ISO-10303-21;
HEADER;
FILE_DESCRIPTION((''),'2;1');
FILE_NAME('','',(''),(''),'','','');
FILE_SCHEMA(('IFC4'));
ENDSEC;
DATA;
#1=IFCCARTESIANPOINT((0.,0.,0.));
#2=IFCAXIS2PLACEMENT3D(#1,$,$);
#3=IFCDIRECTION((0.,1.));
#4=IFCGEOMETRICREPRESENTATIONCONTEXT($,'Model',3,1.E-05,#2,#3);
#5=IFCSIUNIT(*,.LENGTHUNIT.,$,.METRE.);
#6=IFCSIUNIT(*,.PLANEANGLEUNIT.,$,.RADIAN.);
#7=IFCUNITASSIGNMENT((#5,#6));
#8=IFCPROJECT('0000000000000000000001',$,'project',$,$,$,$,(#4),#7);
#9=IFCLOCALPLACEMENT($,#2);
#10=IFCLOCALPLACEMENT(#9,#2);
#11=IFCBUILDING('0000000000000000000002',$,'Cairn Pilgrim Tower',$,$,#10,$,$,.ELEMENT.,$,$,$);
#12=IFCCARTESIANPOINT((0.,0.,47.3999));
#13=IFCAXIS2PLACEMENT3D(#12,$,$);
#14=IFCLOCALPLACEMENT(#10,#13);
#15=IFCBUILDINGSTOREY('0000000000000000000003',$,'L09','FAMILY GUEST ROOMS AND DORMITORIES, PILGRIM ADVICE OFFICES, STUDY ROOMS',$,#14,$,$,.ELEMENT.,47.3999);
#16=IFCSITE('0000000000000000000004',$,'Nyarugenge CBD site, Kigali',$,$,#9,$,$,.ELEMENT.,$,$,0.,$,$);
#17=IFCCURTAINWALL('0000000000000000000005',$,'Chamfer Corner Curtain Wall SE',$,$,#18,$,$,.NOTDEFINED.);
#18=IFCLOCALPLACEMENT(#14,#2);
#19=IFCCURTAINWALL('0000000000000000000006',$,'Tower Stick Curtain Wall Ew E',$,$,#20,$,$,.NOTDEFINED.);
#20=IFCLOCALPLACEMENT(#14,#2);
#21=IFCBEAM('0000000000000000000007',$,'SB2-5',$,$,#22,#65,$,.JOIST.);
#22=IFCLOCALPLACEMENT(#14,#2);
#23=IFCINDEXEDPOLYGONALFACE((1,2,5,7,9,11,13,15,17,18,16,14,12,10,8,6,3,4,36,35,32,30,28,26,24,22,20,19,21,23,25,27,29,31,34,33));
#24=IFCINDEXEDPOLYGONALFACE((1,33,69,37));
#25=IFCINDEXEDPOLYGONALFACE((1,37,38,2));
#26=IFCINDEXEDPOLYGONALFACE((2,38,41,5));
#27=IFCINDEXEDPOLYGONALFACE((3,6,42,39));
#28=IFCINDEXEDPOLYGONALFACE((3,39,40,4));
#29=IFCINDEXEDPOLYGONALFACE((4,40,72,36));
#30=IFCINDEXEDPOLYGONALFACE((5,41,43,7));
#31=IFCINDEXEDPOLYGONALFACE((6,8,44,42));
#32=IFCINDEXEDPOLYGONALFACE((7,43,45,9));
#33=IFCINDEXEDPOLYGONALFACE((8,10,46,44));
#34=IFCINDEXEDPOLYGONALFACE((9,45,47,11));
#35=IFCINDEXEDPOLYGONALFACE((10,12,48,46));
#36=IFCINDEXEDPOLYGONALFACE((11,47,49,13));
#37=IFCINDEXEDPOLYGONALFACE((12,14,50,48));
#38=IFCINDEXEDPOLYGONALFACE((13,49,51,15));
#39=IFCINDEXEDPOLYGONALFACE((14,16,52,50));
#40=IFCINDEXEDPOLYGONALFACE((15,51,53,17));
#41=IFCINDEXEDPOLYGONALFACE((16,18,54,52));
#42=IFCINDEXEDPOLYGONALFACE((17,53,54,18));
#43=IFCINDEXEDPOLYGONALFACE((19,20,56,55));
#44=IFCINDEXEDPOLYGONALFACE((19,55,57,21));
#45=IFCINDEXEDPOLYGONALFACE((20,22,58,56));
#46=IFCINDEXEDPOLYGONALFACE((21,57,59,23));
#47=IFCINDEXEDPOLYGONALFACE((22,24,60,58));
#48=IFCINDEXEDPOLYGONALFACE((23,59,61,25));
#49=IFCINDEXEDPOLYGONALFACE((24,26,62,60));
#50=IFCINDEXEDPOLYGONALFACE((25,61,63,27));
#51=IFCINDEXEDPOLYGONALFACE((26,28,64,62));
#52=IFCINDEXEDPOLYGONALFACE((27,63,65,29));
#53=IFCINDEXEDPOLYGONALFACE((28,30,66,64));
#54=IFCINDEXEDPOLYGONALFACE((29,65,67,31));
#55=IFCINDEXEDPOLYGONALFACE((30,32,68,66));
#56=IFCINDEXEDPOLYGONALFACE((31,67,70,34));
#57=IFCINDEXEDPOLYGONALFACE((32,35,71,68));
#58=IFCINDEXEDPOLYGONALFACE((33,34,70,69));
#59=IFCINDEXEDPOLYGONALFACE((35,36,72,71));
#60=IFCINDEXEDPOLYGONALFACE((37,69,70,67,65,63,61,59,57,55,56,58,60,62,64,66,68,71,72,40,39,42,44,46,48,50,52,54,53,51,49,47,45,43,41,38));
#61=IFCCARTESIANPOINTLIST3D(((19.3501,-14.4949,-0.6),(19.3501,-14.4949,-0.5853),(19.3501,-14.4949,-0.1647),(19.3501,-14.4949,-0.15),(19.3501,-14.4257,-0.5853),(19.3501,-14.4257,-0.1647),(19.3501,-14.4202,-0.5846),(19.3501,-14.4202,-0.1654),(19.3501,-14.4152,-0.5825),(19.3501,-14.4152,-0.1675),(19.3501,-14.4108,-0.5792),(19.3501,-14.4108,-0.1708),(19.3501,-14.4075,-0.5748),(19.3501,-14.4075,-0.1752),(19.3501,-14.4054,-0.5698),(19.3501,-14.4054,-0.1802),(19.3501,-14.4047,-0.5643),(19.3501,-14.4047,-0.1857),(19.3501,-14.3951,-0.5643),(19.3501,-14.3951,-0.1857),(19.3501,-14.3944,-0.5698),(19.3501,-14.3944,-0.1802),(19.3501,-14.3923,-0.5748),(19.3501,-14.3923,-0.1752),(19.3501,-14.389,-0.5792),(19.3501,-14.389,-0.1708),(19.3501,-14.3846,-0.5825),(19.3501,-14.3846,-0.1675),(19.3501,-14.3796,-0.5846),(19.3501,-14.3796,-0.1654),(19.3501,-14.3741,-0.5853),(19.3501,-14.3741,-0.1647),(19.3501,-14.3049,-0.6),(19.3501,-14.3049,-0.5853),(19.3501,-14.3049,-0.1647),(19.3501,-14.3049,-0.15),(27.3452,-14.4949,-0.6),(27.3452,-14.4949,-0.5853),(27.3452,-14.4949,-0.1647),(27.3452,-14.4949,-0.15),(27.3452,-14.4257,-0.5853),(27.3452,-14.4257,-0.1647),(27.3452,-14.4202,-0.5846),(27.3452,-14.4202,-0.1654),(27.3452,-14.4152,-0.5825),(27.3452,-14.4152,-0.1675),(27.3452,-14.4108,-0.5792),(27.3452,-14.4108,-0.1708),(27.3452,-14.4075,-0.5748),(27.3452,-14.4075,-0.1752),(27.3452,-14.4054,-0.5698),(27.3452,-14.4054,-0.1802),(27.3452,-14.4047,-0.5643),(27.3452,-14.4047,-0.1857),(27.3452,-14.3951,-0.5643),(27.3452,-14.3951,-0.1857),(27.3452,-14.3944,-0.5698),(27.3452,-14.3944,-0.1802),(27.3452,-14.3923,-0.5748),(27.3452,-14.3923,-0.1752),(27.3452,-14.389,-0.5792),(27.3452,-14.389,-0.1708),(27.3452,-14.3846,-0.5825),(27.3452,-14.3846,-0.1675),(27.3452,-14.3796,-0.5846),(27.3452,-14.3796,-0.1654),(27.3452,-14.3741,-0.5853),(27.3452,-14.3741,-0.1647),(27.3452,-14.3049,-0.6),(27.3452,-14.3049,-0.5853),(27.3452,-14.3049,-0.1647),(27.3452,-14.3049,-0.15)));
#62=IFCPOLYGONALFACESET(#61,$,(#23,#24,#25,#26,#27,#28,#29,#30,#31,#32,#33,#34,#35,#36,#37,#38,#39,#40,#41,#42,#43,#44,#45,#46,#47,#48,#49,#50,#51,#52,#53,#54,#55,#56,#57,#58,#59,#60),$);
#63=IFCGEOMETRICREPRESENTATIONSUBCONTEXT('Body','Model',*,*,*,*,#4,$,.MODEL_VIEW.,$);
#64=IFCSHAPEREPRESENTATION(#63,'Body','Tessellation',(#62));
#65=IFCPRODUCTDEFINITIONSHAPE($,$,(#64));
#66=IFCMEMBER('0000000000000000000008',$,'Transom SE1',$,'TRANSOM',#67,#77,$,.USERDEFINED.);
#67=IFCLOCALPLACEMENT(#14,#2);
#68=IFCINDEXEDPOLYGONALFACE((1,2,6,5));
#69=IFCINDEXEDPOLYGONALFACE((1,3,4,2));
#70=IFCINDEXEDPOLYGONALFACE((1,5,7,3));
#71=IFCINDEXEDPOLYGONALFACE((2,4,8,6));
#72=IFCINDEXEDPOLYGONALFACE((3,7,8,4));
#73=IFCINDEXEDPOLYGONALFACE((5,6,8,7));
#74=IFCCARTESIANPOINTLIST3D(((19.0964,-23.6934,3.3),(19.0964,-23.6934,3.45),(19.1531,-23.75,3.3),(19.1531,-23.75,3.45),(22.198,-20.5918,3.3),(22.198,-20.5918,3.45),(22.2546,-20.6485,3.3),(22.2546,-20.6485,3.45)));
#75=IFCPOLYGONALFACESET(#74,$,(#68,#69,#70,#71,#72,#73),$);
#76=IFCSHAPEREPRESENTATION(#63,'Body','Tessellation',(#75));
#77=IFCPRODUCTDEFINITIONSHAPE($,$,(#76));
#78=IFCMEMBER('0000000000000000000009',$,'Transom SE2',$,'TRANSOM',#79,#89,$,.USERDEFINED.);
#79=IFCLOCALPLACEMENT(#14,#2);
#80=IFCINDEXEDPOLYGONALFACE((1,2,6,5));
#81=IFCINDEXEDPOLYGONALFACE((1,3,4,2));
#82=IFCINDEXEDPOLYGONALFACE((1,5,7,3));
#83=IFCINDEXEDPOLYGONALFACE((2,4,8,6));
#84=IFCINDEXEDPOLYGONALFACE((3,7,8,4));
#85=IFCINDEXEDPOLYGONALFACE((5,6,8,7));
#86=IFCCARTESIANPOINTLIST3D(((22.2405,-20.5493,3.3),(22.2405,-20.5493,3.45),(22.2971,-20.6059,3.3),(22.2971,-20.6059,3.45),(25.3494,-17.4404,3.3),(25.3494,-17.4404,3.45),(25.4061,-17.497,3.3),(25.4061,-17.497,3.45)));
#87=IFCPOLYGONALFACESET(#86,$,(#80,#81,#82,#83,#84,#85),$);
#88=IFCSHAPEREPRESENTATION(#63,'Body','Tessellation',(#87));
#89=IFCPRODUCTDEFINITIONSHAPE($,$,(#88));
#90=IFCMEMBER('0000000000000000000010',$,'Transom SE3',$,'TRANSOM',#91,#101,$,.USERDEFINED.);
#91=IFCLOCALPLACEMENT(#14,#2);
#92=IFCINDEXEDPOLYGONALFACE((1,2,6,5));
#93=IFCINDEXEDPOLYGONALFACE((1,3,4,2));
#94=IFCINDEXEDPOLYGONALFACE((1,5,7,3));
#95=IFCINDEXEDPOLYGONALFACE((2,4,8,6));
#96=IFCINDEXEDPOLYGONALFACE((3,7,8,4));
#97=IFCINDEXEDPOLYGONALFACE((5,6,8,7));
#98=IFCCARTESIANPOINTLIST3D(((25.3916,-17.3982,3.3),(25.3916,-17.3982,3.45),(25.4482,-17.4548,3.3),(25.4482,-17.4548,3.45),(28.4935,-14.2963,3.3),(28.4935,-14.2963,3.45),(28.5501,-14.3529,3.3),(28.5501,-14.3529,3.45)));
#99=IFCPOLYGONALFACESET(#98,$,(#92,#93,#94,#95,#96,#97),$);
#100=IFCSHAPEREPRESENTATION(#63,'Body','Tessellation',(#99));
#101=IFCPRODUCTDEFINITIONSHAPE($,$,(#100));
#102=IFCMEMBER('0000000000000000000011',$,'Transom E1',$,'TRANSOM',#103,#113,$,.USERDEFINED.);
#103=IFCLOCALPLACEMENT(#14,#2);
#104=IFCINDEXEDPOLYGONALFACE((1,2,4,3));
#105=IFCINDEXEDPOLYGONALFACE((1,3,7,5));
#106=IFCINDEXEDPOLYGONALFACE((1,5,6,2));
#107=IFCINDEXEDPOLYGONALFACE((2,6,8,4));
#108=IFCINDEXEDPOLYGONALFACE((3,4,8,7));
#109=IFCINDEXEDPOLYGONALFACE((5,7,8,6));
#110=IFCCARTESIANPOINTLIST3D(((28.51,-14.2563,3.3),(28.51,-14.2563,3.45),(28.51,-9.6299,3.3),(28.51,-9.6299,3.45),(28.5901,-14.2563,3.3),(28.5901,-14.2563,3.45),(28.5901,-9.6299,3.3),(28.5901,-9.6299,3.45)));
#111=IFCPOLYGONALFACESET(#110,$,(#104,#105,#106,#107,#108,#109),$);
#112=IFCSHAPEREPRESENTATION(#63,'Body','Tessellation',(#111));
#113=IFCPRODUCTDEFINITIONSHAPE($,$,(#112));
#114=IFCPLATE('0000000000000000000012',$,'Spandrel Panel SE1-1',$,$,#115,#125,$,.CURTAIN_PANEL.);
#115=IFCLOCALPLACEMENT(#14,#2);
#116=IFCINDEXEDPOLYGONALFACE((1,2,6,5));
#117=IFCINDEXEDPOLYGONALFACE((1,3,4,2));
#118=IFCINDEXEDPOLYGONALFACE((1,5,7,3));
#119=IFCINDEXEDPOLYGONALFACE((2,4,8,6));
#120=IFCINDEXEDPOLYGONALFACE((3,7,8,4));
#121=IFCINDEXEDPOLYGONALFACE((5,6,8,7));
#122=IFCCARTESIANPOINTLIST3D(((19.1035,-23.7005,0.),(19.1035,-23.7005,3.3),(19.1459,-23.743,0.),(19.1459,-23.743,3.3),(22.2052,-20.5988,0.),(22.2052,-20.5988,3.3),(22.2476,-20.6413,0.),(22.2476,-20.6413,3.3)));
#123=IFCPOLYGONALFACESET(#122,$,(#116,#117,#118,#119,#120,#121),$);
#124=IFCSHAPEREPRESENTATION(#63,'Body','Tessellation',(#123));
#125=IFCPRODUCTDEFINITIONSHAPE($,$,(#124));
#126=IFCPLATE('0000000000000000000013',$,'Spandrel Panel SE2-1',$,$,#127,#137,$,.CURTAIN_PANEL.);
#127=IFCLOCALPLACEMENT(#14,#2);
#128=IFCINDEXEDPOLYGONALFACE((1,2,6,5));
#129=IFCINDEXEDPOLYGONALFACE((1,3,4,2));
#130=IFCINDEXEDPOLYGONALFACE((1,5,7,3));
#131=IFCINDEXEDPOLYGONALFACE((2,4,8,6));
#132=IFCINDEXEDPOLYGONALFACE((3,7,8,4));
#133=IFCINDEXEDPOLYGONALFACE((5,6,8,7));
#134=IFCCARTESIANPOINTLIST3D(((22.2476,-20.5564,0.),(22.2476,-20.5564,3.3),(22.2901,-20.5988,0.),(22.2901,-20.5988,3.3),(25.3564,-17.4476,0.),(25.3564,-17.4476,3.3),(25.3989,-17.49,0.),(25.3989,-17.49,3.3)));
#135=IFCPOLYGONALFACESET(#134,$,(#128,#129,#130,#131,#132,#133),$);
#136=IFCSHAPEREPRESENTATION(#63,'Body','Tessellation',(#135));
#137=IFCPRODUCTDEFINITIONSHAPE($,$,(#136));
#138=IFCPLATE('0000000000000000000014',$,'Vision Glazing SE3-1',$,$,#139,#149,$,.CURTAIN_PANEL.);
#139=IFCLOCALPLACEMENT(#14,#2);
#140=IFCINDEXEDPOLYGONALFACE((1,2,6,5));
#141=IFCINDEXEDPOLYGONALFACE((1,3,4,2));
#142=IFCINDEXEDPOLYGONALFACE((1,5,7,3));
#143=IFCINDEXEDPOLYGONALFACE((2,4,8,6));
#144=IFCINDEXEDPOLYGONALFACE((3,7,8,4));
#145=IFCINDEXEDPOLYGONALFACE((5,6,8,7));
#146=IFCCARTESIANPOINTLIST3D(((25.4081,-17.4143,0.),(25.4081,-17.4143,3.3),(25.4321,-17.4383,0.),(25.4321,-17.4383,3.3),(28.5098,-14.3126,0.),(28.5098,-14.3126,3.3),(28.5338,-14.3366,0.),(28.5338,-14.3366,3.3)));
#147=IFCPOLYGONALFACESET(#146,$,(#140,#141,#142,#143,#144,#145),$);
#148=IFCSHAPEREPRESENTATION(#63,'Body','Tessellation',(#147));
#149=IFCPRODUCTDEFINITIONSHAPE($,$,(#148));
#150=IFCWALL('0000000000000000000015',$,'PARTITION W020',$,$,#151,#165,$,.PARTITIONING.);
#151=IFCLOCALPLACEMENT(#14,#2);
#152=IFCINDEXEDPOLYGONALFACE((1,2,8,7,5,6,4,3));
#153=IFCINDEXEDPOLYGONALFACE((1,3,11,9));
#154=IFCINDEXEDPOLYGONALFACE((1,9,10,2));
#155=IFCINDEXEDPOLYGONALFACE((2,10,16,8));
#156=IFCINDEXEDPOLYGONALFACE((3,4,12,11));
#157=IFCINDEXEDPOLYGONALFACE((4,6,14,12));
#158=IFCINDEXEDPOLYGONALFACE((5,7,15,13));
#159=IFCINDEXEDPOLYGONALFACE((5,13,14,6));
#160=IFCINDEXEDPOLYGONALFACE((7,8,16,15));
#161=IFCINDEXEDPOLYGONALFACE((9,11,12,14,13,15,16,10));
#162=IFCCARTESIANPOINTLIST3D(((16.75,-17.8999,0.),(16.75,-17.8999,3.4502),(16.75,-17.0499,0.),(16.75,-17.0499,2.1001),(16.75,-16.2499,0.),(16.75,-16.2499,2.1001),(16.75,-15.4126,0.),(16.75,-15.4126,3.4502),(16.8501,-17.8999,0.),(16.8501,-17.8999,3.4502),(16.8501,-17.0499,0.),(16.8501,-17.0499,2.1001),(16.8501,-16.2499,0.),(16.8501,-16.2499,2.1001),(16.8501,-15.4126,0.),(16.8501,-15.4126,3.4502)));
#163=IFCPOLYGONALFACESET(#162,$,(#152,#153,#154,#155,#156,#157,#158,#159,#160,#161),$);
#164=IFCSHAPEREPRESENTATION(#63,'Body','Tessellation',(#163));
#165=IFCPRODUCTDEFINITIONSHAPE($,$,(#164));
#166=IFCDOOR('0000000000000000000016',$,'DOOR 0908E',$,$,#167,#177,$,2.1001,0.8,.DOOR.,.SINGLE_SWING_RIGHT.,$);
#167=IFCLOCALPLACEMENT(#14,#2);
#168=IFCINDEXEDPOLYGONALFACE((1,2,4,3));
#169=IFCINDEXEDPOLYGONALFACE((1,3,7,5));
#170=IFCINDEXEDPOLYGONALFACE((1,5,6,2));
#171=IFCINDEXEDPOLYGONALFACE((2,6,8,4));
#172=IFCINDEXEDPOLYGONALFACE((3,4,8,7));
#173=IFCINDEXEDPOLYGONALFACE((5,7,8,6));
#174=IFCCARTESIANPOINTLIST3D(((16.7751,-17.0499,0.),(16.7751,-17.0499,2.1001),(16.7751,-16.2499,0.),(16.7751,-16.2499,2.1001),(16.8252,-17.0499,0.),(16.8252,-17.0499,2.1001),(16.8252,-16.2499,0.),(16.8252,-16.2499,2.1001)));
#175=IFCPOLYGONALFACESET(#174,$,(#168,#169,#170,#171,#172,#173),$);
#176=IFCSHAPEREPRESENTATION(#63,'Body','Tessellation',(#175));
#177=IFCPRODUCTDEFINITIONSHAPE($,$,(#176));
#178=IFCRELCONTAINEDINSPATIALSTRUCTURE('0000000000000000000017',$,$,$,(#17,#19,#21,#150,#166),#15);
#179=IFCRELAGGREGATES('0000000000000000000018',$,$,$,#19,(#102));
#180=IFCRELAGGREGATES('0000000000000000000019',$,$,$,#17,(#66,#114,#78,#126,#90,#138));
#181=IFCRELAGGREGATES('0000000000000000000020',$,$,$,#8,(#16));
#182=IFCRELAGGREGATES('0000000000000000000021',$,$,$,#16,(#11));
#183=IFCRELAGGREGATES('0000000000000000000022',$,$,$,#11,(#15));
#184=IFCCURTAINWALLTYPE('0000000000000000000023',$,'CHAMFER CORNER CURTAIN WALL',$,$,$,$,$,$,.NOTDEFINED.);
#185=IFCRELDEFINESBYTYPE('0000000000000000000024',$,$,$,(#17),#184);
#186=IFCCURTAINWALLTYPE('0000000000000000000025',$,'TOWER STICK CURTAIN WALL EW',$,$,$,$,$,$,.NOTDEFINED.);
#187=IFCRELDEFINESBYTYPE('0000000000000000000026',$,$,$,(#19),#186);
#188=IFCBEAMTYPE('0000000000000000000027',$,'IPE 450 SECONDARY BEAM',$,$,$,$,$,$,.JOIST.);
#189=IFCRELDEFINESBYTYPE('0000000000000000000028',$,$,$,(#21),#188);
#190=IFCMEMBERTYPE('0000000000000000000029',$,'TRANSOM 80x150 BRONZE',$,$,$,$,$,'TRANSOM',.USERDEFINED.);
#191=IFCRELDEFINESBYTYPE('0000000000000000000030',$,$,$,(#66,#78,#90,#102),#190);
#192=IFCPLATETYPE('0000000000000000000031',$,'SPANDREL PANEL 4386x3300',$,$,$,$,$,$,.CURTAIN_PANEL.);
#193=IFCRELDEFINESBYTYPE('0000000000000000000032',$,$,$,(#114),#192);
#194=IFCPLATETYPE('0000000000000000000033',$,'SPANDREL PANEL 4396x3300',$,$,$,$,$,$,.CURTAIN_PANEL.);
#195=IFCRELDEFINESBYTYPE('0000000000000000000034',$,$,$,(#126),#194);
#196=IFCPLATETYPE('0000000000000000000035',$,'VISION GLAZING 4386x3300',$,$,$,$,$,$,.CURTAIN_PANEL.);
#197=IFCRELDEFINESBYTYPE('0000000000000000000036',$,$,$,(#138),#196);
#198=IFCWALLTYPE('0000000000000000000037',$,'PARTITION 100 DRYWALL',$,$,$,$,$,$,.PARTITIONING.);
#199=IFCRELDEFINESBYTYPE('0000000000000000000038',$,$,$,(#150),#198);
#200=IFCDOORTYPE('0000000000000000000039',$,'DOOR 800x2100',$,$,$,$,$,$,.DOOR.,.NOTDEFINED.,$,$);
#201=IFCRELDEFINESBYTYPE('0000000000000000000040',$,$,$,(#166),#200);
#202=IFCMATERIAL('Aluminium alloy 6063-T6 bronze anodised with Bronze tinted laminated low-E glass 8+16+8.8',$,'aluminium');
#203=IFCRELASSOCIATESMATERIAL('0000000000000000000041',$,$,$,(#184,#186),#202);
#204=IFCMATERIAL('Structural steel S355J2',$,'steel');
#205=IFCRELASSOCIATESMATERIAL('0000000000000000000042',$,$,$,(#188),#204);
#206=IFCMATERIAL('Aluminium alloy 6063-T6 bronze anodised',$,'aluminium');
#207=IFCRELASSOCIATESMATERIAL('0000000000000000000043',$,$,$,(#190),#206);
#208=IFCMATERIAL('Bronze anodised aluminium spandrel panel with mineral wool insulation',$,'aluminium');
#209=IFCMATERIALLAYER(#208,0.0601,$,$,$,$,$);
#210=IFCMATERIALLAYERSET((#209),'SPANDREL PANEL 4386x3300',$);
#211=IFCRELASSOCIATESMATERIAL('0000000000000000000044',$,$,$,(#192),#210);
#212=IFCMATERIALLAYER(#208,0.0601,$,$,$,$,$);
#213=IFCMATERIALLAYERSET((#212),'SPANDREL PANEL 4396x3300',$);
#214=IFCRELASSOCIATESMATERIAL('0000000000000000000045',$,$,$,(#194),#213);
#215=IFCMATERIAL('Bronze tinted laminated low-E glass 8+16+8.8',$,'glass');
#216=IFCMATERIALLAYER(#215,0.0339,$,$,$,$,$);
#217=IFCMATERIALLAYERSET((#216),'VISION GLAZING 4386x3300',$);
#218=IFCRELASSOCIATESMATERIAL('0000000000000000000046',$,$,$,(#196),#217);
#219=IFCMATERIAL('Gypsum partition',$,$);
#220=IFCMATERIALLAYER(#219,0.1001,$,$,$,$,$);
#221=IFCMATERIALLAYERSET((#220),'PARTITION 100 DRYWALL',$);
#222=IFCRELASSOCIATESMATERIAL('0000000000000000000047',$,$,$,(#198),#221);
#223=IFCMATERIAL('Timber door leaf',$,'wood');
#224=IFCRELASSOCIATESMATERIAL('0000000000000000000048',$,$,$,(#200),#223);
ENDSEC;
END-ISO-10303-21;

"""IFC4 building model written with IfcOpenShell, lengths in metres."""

from ifc_helpers import new_model, si_unit, direction, frame, frame_2d, origin, origin_2d, place, context, subcontext, project, spatial, rectangle, i_section, extrude, material, layer, layer_set, material_profile, profile_set, type_object, element, fill, aggregate, save


model = new_model("IFC4")

# Units and contexts
model_context = context("Model", 3, precision=1e-05, world=origin(), true_north=direction((0.0, 1.0)))
body_context = subcontext(model_context, "Body", "Model", "MODEL_VIEW")
ifc_project = project(units=[si_unit("LENGTHUNIT", "METRE"), si_unit("PLANEANGLEUNIT", "RADIAN")], contexts=[model_context])

# Site, building, storey
site_placement = place(None, origin())
site = spatial("IfcSite", under=ifc_project, at=site_placement, Name="Nyarugenge CBD site, Kigali", CompositionType="ELEMENT", RefElevation=0.0)
building_placement = place(site_placement, origin())
building = spatial("IfcBuilding", under=site, at=building_placement, Name="Cairn Pilgrim Tower", CompositionType="ELEMENT")
storey_placement = place(building_placement, frame((0.0, 0.0, 47.3999)))
storey = spatial("IfcBuildingStorey", under=building, at=storey_placement, Name="L09", Description="FAMILY GUEST ROOMS AND DORMITORIES, PILGRIM ADVICE OFFICES, STUDY ROOMS", CompositionType="ELEMENT", Elevation=47.3999)

# Shared definitions
ifc_material_1 = material(Name="Structural steel S355J2", Category="steel")

# Curtain wall
ifc_material_2 = material(Name="Aluminium alloy 6063-T6 bronze anodised with Bronze tinted laminated low-E glass 8+16+8.8", Category="aluminium")
curtain_wall_type_1 = type_object("IfcCurtainWallType", Name="CHAMFER CORNER CURTAIN WALL", PredefinedType="NOTDEFINED", material=ifc_material_2)
curtain_wall_1_placement = place(storey_placement, origin())
curtain_wall_1 = element("IfcCurtainWall", 1, at=curtain_wall_1_placement, inside=storey, type_object=curtain_wall_type_1, Name="Chamfer Corner Curtain Wall SE", PredefinedType="NOTDEFINED")
ifc_material_3 = material(Name="Aluminium alloy 6063-T6 bronze anodised", Category="aluminium")

# Curtain wall
curtain_wall_type_2 = type_object("IfcCurtainWallType", Name="TOWER STICK CURTAIN WALL EW", PredefinedType="NOTDEFINED", material=ifc_material_2)
curtain_wall_2_placement = place(storey_placement, origin())
curtain_wall_2 = element("IfcCurtainWall", 2, at=curtain_wall_2_placement, inside=storey, type_object=curtain_wall_type_2, Name="Tower Stick Curtain Wall Ew E", PredefinedType="NOTDEFINED")

# Beam
ifc_material_profile_1 = material_profile(ifc_material_1, i_section(OverallWidth=0.1899, OverallDepth=0.45, WebThickness=0.0095, FlangeThickness=0.0146, FilletRadius=0.021, at=origin_2d()), Name="IPE 450")
ifc_profile_set_1 = profile_set([ifc_material_profile_1], Name="Structural steel S355J2")
beam_type_1 = type_object("IfcBeamType", Name="IPE 450 SECONDARY BEAM", PredefinedType="JOIST", material=ifc_profile_set_1)
beam_1_placement = place(storey_placement, frame((19.3501, -14.3999, -0.375), z_axis=(1.0, 0.0, 0.0), x_axis=(0.0, 1.0, 0.0)))
element("IfcBeam", 3, at=beam_1_placement, inside=storey, type_object=beam_type_1, Name="SB2-5", PredefinedType="JOIST", context=body_context, shape_type="SweptSolid", body=[
    extrude(i_section(OverallWidth=0.1899, OverallDepth=0.45, WebThickness=0.0095, FlangeThickness=0.0146, FilletRadius=0.021, at=origin_2d()), origin(), (0.0, 0.0, 1.0), 7.9951),
])

# Members
ifc_material_profile_2 = material_profile(ifc_material_3, rectangle(XDim=0.0801, YDim=0.1499, at=origin_2d()), Name="TRANSOM 80x150 BRONZE")
ifc_profile_set_2 = profile_set([ifc_material_profile_2], Name="Aluminium alloy 6063-T6 bronze anodised")
member_type_1 = type_object("IfcMemberType", Name="TRANSOM 80x150 BRONZE", ElementType="TRANSOM", PredefinedType="USERDEFINED", material=ifc_profile_set_2)
member_1_placement = place(storey_placement, frame((19.1248, -23.7217, 3.375), z_axis=(0.707107, 0.707107, 0.0), x_axis=(-0.707107, 0.707107, 0.0)))
member_1 = element("IfcMember", 4, at=member_1_placement, type_object=member_type_1, Name="Transom SE1", ObjectType="TRANSOM", PredefinedType="USERDEFINED", context=body_context, shape_type="SweptSolid", body=[
    extrude(rectangle(XDim=0.0801, YDim=0.1499, at=origin_2d()), origin(), (0.0, 0.0, 1.0), 4.3862),
])
member_2_placement = place(storey_placement, frame((22.2688, -20.5776, 3.375), z_axis=(0.707107, 0.707107, 0.0), x_axis=(-0.707107, 0.707107, 0.0)))
member_2 = element("IfcMember", 5, at=member_2_placement, type_object=member_type_1, Name="Transom SE2", ObjectType="TRANSOM", PredefinedType="USERDEFINED", context=body_context, shape_type="SweptSolid", body=[
    extrude(rectangle(XDim=0.0801, YDim=0.1499, at=origin_2d()), origin(), (0.0, 0.0, 1.0), 4.3967),
])
member_3_placement = place(storey_placement, frame((25.4199, -17.4265, 3.375), z_axis=(0.707107, 0.707107, 0.0), x_axis=(-0.707107, 0.707107, 0.0)))
member_3 = element("IfcMember", 6, at=member_3_placement, type_object=member_type_1, Name="Transom SE3", ObjectType="TRANSOM", PredefinedType="USERDEFINED", context=body_context, shape_type="SweptSolid", body=[
    extrude(rectangle(XDim=0.0801, YDim=0.1499, at=origin_2d()), origin(), (0.0, 0.0, 1.0), 4.3867),
])
member_4_placement = place(storey_placement, frame((28.55, -14.2563, 3.375), z_axis=(0.0, 1.0, 0.0), x_axis=(-1.0, 0.0, 0.0)))
member_4 = element("IfcMember", 7, at=member_4_placement, type_object=member_type_1, Name="Transom E1", ObjectType="TRANSOM", PredefinedType="USERDEFINED", context=body_context, shape_type="SweptSolid", body=[
    extrude(rectangle(XDim=0.0801, YDim=0.1499, at=origin_2d()), origin(), (0.0, 0.0, 1.0), 4.6265),
])
aggregate(curtain_wall_2, [member_4])

# Plates
ifc_material_4 = material(Name="Bronze anodised aluminium spandrel panel with mineral wool insulation", Category="aluminium")
ifc_layer_1 = layer(ifc_material_4, 0.0601)
ifc_layer_set_1 = layer_set([ifc_layer_1], Name="SPANDREL PANEL 4386x3300")
plate_type_1 = type_object("IfcPlateType", Name="SPANDREL PANEL 4386x3300", PredefinedType="CURTAIN_PANEL", material=ifc_layer_set_1)
plate_1_placement = place(storey_placement, frame((20.6755, -22.1709, 0.0), z_axis=(0.0, 0.0, 1.0), x_axis=(0.707107, 0.707107, 0.0)))
plate_1 = element("IfcPlate", 8, at=plate_1_placement, type_object=plate_type_1, Name="Spandrel Panel SE1-1", PredefinedType="CURTAIN_PANEL", context=body_context, shape_type="SweptSolid", body=[
    extrude(rectangle(XDim=4.3865, YDim=0.0601, at=origin_2d()), origin(), (0.0, 0.0, 1.0), 3.3),
])
ifc_layer_2 = layer(ifc_material_4, 0.0601)
ifc_layer_set_2 = layer_set([ifc_layer_2], Name="SPANDREL PANEL 4396x3300")
plate_type_2 = type_object("IfcPlateType", Name="SPANDREL PANEL 4396x3300", PredefinedType="CURTAIN_PANEL", material=ifc_layer_set_2)
plate_2_placement = place(storey_placement, frame((23.8232, -19.0232, 0.0), z_axis=(0.0, 0.0, 1.0), x_axis=(0.707107, 0.707107, 0.0)))
plate_2 = element("IfcPlate", 9, at=plate_2_placement, type_object=plate_type_2, Name="Spandrel Panel SE2-1", PredefinedType="CURTAIN_PANEL", context=body_context, shape_type="SweptSolid", body=[
    extrude(rectangle(XDim=4.3965, YDim=0.0601, at=origin_2d()), origin(), (0.0, 0.0, 1.0), 3.3),
])
ifc_material_5 = material(Name="Bronze tinted laminated low-E glass 8+16+8.8", Category="glass")
ifc_layer_3 = layer(ifc_material_5, 0.0339)
ifc_layer_set_3 = layer_set([ifc_layer_3], Name="VISION GLAZING 4386x3300")
plate_type_3 = type_object("IfcPlateType", Name="VISION GLAZING 4386x3300", PredefinedType="CURTAIN_PANEL", material=ifc_layer_set_3)
plate_3_placement = place(storey_placement, frame((26.9709, -15.8755, 0.0), z_axis=(0.0, 0.0, 1.0), x_axis=(0.707107, 0.707107, 0.0)))
plate_3 = element("IfcPlate", 10, at=plate_3_placement, type_object=plate_type_3, Name="Vision Glazing SE3-1", PredefinedType="CURTAIN_PANEL", context=body_context, shape_type="SweptSolid", body=[
    extrude(rectangle(XDim=4.3865, YDim=0.0339, at=origin_2d()), origin(), (0.0, 0.0, 1.0), 3.3),
])
aggregate(curtain_wall_1, [member_1, plate_1, member_2, plate_2, member_3, plate_3])

# Wall, opening, door
ifc_material_6 = material(Name="Gypsum partition")
ifc_layer_4 = layer(ifc_material_6, 0.1001)
ifc_layer_set_4 = layer_set([ifc_layer_4], Name="PARTITION 100 DRYWALL")
wall_type_1 = type_object("IfcWallType", Name="PARTITION 100 DRYWALL", PredefinedType="PARTITIONING", material=ifc_layer_set_4)
wall_1_placement = place(storey_placement, frame((16.8, -17.8999, 0.0), z_axis=(0.0, 0.0, 1.0), x_axis=(0.0, 1.0, 0.0)))
wall_1 = element("IfcWall", 11, at=wall_1_placement, inside=storey, type_object=wall_type_1, Name="PARTITION W020", PredefinedType="PARTITIONING", context=body_context, shape_type="SweptSolid", body=[
    extrude(rectangle(XDim=2.4873, YDim=0.1001, at=frame_2d((1.2437, 0.0))), origin(), (0.0, 0.0, 1.0), 3.4502),
])
opening_1_placement = place(wall_1_placement, frame((0.8501, 0.0, 0.0)))
opening_1 = element("IfcOpeningElement", 12, at=opening_1_placement, cuts=wall_1, PredefinedType="OPENING", context=body_context, shape_type="SweptSolid", body=[
    extrude(rectangle(XDim=0.8, YDim=2.1001, at=frame_2d((0.3999, 1.05))), frame((0.0, 0.0601, 0.0), z_axis=(0.0, -1.0, 0.0), x_axis=(1.0, 0.0, 0.0)), (0.0, 0.0, 1.0), 0.1201),
])
ifc_material_7 = material(Name="Timber door leaf", Category="wood")
door_type_1 = type_object("IfcDoorType", Name="DOOR 800x2100", OperationType="NOTDEFINED", PredefinedType="DOOR", material=ifc_material_7)
door_1_placement = place(opening_1_placement, origin())
door_1 = element("IfcDoor", 13, at=door_1_placement, inside=storey, type_object=door_type_1, Name="DOOR 0908E", OperationType="SINGLE_SWING_RIGHT", OverallHeight=2.1001, OverallWidth=0.8, PredefinedType="DOOR", context=body_context, shape_type="SweptSolid", body=[
    extrude(rectangle(XDim=0.8, YDim=2.1001, at=frame_2d((0.3999, 1.05))), frame((0.0, 0.0249, 0.0), z_axis=(0.0, -1.0, 0.0), x_axis=(1.0, 0.0, 0.0)), (0.0, 0.0, 1.0), 0.05),
])
fill(opening_1, door_1)

save(model, "model.ifc")
